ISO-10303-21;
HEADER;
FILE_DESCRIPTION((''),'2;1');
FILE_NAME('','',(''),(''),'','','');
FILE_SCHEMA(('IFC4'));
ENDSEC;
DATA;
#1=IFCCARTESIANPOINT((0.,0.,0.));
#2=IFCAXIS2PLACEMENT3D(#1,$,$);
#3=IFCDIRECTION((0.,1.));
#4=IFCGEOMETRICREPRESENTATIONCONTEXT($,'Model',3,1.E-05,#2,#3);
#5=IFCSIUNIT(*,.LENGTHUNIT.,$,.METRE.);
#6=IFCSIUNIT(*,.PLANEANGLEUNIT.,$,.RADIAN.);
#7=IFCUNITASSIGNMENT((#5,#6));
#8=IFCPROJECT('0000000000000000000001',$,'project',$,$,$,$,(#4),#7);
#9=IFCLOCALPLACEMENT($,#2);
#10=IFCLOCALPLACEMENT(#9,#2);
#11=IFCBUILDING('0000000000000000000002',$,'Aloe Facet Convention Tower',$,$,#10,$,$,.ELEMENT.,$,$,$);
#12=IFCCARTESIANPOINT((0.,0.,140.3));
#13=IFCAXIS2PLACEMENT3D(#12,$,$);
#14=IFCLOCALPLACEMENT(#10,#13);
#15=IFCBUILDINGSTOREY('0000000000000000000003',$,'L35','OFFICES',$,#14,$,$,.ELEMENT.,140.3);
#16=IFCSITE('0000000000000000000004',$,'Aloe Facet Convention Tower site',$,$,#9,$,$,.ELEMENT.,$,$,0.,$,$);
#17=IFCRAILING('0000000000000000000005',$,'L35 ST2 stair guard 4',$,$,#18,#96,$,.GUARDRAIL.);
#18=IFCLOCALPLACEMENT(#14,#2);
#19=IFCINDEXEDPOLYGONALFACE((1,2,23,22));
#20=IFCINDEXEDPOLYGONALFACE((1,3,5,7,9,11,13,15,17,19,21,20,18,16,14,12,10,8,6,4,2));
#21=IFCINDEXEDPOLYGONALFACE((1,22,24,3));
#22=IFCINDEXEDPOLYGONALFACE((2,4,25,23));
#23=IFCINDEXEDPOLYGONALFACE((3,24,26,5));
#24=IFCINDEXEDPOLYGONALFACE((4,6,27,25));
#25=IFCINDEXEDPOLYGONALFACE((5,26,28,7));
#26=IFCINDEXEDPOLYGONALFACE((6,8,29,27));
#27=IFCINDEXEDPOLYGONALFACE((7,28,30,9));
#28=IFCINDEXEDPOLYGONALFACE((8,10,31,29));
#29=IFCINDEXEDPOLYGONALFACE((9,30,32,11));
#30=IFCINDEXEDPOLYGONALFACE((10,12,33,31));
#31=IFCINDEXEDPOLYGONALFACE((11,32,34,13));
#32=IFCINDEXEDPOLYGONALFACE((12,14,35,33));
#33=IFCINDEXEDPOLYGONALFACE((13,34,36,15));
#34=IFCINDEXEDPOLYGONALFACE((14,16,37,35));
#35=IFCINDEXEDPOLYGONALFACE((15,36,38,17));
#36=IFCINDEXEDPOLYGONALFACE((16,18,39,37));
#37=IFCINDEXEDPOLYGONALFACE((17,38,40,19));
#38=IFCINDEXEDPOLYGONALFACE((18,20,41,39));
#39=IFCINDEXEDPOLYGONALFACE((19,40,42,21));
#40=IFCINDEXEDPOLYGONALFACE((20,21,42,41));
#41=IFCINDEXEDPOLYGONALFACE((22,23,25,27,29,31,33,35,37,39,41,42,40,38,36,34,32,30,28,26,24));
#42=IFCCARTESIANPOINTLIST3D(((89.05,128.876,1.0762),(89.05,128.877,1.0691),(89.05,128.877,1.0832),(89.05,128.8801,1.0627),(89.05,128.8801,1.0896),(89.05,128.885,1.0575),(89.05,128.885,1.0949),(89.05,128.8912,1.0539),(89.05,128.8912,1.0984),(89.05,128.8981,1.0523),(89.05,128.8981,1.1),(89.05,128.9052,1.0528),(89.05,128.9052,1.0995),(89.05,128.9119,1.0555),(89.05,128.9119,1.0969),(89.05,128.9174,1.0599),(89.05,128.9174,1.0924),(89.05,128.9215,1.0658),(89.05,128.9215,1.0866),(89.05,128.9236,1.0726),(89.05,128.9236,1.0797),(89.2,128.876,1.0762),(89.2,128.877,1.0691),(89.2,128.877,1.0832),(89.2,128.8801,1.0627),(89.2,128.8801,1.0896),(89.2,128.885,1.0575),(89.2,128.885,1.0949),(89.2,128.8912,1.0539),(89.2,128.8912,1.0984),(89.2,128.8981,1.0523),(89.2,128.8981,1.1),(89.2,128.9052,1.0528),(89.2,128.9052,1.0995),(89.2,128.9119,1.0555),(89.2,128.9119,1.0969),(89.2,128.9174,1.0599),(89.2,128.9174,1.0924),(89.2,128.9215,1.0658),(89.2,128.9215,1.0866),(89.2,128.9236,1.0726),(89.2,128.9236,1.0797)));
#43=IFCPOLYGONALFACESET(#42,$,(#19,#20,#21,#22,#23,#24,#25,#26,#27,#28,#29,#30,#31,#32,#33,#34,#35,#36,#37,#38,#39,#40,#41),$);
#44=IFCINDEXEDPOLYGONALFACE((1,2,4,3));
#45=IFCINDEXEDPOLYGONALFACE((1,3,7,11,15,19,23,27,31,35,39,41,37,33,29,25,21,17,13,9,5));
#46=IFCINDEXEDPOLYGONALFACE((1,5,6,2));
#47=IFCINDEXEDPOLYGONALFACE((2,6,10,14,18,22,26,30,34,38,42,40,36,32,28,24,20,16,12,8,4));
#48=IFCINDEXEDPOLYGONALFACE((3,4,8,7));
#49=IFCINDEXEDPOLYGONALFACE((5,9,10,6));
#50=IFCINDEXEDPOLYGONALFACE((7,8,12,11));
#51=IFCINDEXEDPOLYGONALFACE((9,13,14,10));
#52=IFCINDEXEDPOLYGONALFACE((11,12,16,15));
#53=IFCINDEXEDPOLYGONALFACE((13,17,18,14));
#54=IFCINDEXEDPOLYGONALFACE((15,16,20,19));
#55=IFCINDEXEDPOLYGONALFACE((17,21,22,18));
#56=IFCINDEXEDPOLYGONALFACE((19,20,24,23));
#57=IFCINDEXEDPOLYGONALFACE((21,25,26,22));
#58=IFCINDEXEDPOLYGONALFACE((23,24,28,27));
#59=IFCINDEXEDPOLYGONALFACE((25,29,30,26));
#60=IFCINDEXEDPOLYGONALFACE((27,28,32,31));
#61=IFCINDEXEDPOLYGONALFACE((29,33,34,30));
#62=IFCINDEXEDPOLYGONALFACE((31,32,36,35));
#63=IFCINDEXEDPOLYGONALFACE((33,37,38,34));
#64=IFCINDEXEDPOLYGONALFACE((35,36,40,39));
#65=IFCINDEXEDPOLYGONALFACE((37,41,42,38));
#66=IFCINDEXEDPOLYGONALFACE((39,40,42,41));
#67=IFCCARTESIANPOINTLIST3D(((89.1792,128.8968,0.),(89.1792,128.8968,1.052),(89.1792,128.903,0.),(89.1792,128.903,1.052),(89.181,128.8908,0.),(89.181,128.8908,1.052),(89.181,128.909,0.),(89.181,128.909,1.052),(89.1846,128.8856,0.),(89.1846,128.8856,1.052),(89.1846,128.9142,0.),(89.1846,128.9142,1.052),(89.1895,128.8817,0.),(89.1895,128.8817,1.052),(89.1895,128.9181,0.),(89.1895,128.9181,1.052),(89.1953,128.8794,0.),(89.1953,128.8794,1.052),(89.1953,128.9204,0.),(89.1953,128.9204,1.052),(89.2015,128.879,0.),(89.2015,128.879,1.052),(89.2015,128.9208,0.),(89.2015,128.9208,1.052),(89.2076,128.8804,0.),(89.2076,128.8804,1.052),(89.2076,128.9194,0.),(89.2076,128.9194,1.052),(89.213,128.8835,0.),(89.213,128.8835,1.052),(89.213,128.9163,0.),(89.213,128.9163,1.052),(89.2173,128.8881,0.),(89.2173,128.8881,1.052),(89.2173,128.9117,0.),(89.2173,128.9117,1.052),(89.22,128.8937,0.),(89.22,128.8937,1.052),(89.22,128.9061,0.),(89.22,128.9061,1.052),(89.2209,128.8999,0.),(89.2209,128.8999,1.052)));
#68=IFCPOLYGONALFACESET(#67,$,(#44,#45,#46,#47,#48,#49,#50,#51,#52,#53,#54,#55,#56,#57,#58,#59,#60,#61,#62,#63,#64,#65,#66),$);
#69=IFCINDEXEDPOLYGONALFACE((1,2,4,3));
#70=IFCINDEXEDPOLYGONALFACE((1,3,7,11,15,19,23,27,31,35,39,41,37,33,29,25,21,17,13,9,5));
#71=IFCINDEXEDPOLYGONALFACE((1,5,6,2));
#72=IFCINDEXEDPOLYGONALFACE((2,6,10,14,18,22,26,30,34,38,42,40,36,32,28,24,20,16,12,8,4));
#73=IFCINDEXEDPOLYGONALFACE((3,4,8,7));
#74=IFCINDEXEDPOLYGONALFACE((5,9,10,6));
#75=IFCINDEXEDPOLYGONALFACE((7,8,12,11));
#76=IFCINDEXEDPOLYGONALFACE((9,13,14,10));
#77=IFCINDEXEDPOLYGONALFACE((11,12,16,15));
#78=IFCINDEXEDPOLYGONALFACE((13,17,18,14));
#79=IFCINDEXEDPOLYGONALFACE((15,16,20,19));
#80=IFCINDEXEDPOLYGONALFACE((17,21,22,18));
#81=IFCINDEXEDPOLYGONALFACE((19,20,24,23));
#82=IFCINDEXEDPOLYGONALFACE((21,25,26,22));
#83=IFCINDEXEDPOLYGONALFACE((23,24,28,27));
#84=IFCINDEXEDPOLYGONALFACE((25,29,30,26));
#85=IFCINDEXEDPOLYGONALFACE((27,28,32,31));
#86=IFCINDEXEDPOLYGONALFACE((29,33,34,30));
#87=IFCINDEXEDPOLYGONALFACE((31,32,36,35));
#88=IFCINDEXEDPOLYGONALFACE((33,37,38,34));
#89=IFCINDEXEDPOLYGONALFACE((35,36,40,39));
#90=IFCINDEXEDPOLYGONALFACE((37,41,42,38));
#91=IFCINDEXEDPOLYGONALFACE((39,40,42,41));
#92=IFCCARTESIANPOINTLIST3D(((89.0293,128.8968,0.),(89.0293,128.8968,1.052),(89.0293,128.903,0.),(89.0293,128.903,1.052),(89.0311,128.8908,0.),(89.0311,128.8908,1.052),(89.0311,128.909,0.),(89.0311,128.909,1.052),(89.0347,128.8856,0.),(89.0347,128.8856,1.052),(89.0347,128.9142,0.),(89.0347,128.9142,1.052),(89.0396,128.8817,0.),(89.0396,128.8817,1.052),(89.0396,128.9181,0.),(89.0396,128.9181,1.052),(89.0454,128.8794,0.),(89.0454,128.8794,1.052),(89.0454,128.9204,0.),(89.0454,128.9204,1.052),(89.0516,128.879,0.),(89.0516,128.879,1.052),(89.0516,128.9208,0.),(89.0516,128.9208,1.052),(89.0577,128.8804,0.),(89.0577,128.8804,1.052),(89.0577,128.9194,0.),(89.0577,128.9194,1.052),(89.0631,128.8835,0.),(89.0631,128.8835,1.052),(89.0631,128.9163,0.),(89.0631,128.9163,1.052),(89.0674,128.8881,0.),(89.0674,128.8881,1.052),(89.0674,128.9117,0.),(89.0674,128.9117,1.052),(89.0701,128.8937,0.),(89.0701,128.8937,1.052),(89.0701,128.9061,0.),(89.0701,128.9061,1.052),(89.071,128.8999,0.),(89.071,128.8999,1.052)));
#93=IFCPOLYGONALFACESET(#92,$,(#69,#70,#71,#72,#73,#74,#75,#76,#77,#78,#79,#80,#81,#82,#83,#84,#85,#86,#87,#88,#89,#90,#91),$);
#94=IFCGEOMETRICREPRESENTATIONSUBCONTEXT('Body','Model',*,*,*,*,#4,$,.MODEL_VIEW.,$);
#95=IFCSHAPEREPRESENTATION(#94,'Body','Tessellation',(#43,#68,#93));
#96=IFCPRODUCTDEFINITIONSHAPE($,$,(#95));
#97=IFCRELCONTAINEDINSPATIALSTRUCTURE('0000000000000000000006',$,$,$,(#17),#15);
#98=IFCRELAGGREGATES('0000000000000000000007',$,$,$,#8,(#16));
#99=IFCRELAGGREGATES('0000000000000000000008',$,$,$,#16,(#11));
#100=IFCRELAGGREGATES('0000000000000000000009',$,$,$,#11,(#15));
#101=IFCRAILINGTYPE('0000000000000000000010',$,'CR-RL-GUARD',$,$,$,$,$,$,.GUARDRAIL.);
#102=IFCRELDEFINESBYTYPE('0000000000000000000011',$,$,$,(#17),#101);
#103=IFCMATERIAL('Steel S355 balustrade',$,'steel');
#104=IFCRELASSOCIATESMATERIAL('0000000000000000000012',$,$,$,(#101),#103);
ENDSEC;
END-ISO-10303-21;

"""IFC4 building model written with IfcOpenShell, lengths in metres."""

from ifc_helpers import new_model, si_unit, direction, frame, origin, origin_2d, place, context, subcontext, project, spatial, circle, extrude, material, type_object, element, save


model = new_model("IFC4")

# Units and contexts
model_context = context("Model", 3, precision=1e-05, world=origin(), true_north=direction((0.0, 1.0)))
body_context = subcontext(model_context, "Body", "Model", "MODEL_VIEW")
ifc_project = project(units=[si_unit("LENGTHUNIT", "METRE"), si_unit("PLANEANGLEUNIT", "RADIAN")], contexts=[model_context])

# Site, building, storey
site_placement = place(None, origin())
site = spatial("IfcSite", under=ifc_project, at=site_placement, Name="Aloe Facet Convention Tower site", CompositionType="ELEMENT", RefElevation=0.0)
building_placement = place(site_placement, origin())
building = spatial("IfcBuilding", under=site, at=building_placement, Name="Aloe Facet Convention Tower", CompositionType="ELEMENT")
storey_placement = place(building_placement, frame((0.0, 0.0, 140.3)))
storey = spatial("IfcBuildingStorey", under=building, at=storey_placement, Name="L35", Description="OFFICES", CompositionType="ELEMENT", Elevation=140.3)

# Railing
ifc_material_1 = material(Name="Steel S355 balustrade", Category="steel")
railing_type_1 = type_object("IfcRailingType", Name="CR-RL-GUARD", PredefinedType="GUARDRAIL", material=ifc_material_1)
railing_1_placement = place(storey_placement, frame((89.2, 128.8999, 0.0)))
element("IfcRailing", 1, at=railing_1_placement, inside=storey, type_object=railing_type_1, Name="L35 ST2 stair guard 4", PredefinedType="GUARDRAIL", context=body_context, shape_type="SweptSolid", body=[
    extrude(circle(Radius=0.0239, at=origin_2d()), frame((0.0, 0.0, 1.0762), z_axis=(-1.0, 0.0, 0.0), x_axis=(0.0, -1.0, 0.0)), (0.0, 0.0, 1.0), 0.1499),
    extrude(circle(Radius=0.021, at=origin_2d()), origin(), (0.0, 0.0, 1.0), 1.052),
    extrude(circle(Radius=0.021, at=origin_2d()), frame((-0.1499, 0.0, 0.0)), (0.0, 0.0, 1.0), 1.052),
])

save(model, "model.ifc")
